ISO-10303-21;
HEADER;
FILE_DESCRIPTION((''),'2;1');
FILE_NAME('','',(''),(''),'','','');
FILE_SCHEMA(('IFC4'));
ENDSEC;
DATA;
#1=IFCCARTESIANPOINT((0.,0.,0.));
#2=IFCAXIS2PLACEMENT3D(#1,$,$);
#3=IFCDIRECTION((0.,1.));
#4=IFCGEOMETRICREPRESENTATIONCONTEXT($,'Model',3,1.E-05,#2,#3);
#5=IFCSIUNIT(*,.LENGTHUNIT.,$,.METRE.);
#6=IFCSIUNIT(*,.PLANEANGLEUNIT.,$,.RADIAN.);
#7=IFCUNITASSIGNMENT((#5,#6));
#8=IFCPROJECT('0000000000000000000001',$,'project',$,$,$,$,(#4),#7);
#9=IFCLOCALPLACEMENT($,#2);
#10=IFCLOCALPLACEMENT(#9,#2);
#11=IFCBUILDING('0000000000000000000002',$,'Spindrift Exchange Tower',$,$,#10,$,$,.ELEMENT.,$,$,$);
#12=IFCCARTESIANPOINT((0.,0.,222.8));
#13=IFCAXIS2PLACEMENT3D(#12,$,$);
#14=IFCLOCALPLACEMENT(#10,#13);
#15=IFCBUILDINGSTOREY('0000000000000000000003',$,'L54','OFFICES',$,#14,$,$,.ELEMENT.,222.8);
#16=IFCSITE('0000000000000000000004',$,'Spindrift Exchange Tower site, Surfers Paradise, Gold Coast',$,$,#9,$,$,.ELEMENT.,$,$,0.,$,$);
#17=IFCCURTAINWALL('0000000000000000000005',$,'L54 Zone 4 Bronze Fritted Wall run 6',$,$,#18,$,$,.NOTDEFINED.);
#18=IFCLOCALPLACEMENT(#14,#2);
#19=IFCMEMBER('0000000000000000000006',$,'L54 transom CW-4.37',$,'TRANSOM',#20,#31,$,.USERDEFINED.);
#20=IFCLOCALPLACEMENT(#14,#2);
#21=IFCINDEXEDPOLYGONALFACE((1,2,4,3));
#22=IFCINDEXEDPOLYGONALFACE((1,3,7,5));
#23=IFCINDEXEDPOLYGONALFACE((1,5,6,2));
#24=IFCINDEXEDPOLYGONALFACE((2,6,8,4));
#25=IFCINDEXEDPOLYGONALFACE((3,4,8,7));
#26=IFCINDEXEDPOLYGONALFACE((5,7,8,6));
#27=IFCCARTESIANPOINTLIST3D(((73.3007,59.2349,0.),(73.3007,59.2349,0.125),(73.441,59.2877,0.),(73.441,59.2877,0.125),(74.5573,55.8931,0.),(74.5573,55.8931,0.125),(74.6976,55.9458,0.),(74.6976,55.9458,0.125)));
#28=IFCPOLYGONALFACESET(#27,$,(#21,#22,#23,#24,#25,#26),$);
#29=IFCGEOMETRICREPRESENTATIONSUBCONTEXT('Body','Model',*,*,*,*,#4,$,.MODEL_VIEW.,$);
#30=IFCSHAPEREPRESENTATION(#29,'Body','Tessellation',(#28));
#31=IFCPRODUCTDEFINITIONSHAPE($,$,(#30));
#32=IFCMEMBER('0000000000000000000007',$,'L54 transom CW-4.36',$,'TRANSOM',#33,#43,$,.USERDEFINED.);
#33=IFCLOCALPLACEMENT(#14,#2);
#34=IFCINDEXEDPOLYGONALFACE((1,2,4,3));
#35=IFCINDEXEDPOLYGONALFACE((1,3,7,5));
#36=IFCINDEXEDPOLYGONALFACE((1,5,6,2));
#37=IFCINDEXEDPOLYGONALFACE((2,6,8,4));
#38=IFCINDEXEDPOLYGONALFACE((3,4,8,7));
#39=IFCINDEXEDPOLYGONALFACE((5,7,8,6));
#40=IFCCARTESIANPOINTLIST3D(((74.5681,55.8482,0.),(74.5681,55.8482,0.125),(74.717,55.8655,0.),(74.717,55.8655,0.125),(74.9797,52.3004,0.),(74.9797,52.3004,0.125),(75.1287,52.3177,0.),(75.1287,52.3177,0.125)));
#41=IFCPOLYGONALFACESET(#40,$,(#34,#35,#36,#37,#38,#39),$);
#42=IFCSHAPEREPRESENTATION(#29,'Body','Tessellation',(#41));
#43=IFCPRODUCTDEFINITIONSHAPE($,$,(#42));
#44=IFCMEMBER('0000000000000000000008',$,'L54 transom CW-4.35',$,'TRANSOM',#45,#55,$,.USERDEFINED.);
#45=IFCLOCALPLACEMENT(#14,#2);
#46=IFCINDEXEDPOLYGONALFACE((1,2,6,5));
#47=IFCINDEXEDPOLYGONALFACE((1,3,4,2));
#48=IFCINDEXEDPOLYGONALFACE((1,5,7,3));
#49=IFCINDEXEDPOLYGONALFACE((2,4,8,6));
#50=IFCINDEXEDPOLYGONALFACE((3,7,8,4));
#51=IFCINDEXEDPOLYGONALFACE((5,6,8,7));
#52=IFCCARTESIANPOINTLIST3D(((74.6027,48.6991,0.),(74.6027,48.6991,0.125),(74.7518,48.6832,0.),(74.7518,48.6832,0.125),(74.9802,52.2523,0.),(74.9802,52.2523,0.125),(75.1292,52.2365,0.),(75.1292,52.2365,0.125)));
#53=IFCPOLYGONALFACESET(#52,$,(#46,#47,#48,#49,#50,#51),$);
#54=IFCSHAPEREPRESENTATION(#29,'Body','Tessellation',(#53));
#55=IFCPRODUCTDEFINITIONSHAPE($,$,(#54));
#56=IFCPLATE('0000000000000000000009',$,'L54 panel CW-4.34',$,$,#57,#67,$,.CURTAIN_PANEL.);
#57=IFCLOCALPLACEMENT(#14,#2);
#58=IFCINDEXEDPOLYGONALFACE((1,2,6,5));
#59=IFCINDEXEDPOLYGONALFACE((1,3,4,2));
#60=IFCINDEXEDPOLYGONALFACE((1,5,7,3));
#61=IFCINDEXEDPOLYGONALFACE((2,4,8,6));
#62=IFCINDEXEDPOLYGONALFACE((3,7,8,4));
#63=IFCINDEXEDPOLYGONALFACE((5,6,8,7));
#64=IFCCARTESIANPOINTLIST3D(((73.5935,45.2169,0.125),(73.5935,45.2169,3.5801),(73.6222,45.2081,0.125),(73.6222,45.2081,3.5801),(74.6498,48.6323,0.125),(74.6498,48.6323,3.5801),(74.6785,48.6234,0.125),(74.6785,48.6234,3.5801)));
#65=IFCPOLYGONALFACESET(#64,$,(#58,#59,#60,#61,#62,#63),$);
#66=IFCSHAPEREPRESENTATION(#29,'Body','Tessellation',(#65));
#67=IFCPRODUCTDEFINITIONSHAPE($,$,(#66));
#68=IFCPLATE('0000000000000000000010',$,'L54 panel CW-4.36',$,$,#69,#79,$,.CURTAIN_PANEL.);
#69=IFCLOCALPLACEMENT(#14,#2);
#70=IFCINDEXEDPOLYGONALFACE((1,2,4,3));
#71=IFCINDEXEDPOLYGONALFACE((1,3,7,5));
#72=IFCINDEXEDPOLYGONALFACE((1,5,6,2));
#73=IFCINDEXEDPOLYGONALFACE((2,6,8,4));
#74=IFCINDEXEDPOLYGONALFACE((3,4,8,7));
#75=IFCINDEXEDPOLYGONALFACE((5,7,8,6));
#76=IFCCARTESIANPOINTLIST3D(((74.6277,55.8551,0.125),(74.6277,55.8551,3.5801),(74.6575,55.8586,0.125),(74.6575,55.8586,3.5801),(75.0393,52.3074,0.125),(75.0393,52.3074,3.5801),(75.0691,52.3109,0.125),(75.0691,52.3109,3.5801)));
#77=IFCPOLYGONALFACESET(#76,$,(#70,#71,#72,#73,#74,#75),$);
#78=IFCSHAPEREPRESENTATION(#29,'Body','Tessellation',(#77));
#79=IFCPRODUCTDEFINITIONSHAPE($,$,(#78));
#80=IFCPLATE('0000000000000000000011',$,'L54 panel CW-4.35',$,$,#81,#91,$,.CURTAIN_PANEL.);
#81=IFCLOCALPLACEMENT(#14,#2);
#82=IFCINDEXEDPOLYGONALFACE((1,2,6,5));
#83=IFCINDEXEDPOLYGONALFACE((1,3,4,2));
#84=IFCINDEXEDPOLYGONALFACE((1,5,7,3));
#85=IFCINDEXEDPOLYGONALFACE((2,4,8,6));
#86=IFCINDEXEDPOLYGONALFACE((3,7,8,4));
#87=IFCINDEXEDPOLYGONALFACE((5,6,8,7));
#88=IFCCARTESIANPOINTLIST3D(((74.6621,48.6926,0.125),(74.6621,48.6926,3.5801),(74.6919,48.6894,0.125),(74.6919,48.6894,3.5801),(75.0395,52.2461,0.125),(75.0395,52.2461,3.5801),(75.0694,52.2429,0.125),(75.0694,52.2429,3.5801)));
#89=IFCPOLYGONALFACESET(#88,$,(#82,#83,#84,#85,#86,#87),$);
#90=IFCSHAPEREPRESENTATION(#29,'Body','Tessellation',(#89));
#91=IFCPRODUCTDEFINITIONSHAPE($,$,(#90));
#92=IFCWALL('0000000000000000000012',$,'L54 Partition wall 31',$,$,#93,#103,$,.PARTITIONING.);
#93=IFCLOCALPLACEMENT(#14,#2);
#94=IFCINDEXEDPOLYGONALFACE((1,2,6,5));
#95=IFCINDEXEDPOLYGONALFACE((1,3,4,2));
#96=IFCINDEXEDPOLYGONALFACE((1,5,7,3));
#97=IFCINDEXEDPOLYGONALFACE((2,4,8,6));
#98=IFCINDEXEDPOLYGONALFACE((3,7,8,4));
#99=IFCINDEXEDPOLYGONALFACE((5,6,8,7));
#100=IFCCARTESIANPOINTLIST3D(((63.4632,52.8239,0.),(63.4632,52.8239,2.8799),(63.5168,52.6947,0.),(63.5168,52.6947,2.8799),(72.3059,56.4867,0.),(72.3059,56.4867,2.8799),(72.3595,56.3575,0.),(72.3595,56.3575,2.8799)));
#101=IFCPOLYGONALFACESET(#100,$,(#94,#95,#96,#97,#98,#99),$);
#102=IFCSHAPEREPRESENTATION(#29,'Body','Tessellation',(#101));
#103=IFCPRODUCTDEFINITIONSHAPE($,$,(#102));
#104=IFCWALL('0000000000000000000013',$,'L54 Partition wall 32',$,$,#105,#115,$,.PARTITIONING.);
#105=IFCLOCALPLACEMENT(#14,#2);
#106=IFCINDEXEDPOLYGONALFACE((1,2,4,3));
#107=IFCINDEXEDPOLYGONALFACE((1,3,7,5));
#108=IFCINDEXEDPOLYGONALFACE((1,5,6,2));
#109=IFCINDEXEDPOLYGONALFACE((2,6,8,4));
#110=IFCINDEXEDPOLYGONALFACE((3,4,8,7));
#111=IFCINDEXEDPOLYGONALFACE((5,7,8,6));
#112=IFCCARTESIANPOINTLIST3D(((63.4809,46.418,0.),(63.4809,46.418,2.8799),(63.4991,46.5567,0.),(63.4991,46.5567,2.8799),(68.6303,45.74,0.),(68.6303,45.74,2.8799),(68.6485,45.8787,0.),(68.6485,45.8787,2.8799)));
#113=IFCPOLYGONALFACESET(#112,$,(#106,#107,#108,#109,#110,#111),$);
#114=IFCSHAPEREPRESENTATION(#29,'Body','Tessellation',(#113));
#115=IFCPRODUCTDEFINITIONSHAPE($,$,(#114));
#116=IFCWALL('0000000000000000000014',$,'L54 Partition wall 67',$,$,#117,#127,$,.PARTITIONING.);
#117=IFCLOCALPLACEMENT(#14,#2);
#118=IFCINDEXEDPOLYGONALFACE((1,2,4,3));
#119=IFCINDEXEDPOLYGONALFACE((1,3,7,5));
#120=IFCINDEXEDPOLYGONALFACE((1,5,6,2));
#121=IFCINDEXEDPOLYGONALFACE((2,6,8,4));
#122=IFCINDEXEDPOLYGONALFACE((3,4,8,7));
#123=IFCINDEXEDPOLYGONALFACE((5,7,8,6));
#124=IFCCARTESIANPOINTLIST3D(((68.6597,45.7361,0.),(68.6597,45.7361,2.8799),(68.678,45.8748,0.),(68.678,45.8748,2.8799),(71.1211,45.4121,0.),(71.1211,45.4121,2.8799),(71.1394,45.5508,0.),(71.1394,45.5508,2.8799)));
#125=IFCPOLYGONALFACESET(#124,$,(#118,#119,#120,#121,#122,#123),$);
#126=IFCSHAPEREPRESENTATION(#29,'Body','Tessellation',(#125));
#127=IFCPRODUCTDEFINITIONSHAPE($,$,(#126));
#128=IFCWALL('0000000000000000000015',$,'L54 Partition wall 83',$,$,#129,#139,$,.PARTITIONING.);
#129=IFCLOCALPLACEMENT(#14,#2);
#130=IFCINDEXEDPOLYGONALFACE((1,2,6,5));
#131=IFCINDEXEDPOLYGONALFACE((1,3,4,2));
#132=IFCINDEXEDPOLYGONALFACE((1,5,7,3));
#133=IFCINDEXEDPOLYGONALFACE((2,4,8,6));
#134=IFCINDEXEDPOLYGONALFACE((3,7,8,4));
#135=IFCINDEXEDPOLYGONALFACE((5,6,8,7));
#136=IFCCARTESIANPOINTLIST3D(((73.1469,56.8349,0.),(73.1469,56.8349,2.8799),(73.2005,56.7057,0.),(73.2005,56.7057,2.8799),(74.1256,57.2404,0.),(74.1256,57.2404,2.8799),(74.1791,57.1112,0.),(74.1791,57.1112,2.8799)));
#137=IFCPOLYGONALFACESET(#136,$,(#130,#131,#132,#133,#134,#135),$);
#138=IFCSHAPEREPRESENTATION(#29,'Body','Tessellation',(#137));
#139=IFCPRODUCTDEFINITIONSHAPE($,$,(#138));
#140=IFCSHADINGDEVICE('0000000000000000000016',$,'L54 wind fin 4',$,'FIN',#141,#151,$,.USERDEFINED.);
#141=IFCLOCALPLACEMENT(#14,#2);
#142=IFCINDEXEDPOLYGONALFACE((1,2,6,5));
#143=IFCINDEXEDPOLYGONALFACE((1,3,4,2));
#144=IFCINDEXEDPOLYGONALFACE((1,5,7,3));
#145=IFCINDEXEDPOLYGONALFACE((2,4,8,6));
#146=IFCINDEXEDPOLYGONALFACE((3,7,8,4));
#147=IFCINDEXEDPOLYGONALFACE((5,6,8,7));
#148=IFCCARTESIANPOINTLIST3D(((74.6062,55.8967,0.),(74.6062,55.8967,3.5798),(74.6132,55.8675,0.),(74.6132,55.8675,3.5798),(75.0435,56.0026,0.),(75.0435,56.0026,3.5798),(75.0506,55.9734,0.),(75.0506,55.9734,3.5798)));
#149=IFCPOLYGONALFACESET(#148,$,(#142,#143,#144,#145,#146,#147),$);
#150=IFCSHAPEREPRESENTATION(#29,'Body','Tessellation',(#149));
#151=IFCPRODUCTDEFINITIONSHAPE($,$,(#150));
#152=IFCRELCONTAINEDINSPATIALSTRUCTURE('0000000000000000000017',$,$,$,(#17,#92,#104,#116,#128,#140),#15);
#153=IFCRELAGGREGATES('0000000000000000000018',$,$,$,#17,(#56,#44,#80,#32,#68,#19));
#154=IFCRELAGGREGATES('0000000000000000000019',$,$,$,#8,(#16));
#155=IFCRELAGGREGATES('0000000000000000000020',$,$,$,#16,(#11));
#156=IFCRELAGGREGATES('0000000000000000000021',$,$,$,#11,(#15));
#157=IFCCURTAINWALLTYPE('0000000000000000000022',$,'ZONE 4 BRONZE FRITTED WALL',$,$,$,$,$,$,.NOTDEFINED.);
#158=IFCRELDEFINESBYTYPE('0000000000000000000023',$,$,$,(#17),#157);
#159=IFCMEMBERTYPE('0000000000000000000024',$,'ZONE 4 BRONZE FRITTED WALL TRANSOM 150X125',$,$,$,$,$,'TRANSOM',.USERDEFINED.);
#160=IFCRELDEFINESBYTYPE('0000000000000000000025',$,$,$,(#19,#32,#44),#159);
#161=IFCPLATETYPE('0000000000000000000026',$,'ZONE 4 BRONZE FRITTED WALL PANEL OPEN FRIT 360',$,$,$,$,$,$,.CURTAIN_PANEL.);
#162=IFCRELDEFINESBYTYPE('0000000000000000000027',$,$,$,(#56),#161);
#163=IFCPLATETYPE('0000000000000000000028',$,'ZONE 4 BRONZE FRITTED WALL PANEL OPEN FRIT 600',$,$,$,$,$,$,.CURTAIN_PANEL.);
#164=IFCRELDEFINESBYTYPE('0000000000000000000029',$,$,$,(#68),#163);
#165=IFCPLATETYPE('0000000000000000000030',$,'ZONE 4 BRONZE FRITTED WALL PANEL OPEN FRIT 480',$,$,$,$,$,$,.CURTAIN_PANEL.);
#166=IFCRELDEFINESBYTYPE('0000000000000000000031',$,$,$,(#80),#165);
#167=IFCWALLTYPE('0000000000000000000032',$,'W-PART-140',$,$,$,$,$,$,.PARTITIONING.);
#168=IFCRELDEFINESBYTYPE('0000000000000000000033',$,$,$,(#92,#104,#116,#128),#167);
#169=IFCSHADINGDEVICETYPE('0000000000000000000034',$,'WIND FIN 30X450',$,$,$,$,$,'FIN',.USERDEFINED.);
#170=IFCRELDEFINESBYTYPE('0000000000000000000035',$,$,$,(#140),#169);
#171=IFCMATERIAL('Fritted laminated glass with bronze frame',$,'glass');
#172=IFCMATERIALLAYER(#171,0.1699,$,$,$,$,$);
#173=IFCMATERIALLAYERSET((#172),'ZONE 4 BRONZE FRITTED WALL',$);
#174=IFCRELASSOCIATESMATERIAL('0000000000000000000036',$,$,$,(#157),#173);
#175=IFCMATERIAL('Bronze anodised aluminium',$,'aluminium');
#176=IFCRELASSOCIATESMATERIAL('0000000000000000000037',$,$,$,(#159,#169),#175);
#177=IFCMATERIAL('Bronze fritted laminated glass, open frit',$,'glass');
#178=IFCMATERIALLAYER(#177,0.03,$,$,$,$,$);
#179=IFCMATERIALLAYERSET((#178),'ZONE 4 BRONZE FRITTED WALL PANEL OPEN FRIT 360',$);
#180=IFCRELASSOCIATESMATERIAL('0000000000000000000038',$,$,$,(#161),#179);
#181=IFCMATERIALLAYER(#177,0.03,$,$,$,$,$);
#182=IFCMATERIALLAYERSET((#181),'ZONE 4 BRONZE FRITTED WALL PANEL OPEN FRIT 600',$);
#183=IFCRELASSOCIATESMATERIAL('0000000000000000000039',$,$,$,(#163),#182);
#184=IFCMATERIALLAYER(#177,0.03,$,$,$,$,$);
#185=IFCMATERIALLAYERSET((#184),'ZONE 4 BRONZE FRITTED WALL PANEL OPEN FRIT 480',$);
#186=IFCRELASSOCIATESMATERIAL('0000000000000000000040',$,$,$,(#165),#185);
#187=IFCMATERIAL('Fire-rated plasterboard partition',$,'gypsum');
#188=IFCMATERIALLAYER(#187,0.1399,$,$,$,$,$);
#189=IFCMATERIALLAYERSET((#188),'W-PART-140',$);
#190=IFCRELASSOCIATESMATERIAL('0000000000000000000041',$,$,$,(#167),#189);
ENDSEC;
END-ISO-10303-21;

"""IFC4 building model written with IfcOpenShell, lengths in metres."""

from ifc_helpers import new_model, si_unit, direction, frame, frame_2d, origin, origin_2d, place, context, subcontext, project, spatial, rectangle, extrude, source, transform, mapped, material, layer, layer_set, material_profile, profile_set, type_object, element, aggregate, save


model = new_model("IFC4")

# Units and contexts
model_context = context("Model", 3, precision=1e-05, world=origin(), true_north=direction((0.0, 1.0)))
body_context = subcontext(model_context, "Body", "Model", "MODEL_VIEW")
ifc_project = project(units=[si_unit("LENGTHUNIT", "METRE"), si_unit("PLANEANGLEUNIT", "RADIAN")], contexts=[model_context])

# Site, building, storey
site_placement = place(None, origin())
site = spatial("IfcSite", under=ifc_project, at=site_placement, Name="Spindrift Exchange Tower site, Surfers Paradise, Gold Coast", CompositionType="ELEMENT", RefElevation=0.0)
building_placement = place(site_placement, origin())
building = spatial("IfcBuilding", under=site, at=building_placement, Name="Spindrift Exchange Tower", CompositionType="ELEMENT")
storey_placement = place(building_placement, frame((0.0, 0.0, 222.8)))
storey = spatial("IfcBuildingStorey", under=building, at=storey_placement, Name="L54", Description="OFFICES", CompositionType="ELEMENT", Elevation=222.8)

# Curtain wall, members, plates
ifc_material_1 = material(Name="Fritted laminated glass with bronze frame", Category="glass")
ifc_layer_1 = layer(ifc_material_1, 0.1699)
ifc_layer_set_1 = layer_set([ifc_layer_1], Name="ZONE 4 BRONZE FRITTED WALL")
curtain_wall_type = type_object("IfcCurtainWallType", Name="ZONE 4 BRONZE FRITTED WALL", PredefinedType="NOTDEFINED", material=ifc_layer_set_1)
curtain_wall_placement = place(storey_placement, origin())
curtain_wall = element("IfcCurtainWall", 1, at=curtain_wall_placement, inside=storey, type_object=curtain_wall_type, Name="L54 Zone 4 Bronze Fritted Wall run 6", PredefinedType="NOTDEFINED")
ifc_material_2 = material(Name="Bronze anodised aluminium", Category="aluminium")
ifc_material_profile_1 = material_profile(ifc_material_2, rectangle(XDim=0.1499, YDim=0.125, at=origin_2d()), Name="ZONE 4 BRONZE FRITTED WALL TRANSOM 150X125")
ifc_profile_set_1 = profile_set([ifc_material_profile_1], Name="Bronze anodised aluminium")
member_type_1 = type_object("IfcMemberType", Name="ZONE 4 BRONZE FRITTED WALL TRANSOM 150X125", ElementType="TRANSOM", PredefinedType="USERDEFINED", material=ifc_profile_set_1)
shared_shape_1 = source(origin(), body_context, "Body", "SweptSolid", [
    extrude(rectangle(XDim=0.1499, YDim=0.125, at=origin_2d()), origin(), (0.0, 0.0, 1.0), 3.5703),
])
member_1_placement = place(storey_placement, frame((74.6274, 55.9194, 0.0625), z_axis=(-0.351963, 0.936014, 0.0), x_axis=(-0.936014, -0.351963, 0.0)))
member_1 = element("IfcMember", 2, at=member_1_placement, type_object=member_type_1, Name="L54 transom CW-4.37", ObjectType="TRANSOM", PredefinedType="USERDEFINED", context=body_context, shape_type="MappedRepresentation", body=[
    mapped(shared_shape_1, transform((0.0, 0.0, 0.0), scale=1.0)),
])
shared_shape_2 = source(origin(), body_context, "Body", "SweptSolid", [
    extrude(rectangle(XDim=0.1499, YDim=0.125, at=origin_2d()), origin(), (0.0, 0.0, 1.0), 3.5715),
])
member_2_placement = place(storey_placement, frame((75.0542, 52.3091, 0.0625), z_axis=(-0.115247, 0.993337, 0.0), x_axis=(-0.993337, -0.115247, 0.0)))
member_2 = element("IfcMember", 3, at=member_2_placement, type_object=member_type_1, Name="L54 transom CW-4.36", ObjectType="TRANSOM", PredefinedType="USERDEFINED", context=body_context, shape_type="MappedRepresentation", body=[
    mapped(shared_shape_2, transform((0.0, 0.0, 0.0), scale=1.0)),
])
shared_shape_3 = source(origin(), body_context, "Body", "SweptSolid", [
    extrude(rectangle(XDim=0.1499, YDim=0.125, at=origin_2d()), origin(), (0.0, 0.0, 1.0), 3.5732),
])
member_3_placement = place(storey_placement, frame((74.6772, 48.6912, 0.0625), z_axis=(0.105631, 0.994405, 0.0), x_axis=(-0.994405, 0.105631, 0.0)))
member_3 = element("IfcMember", 4, at=member_3_placement, type_object=member_type_1, Name="L54 transom CW-4.35", ObjectType="TRANSOM", PredefinedType="USERDEFINED", context=body_context, shape_type="MappedRepresentation", body=[
    mapped(shared_shape_3, transform((0.0, 0.0, 0.0), scale=1.0)),
])
ifc_material_3 = material(Name="Bronze fritted laminated glass, open frit", Category="glass")
ifc_layer_2 = layer(ifc_material_3, 0.03)
ifc_layer_set_2 = layer_set([ifc_layer_2], Name="ZONE 4 BRONZE FRITTED WALL PANEL OPEN FRIT 360")
plate_type_1 = type_object("IfcPlateType", Name="ZONE 4 BRONZE FRITTED WALL PANEL OPEN FRIT 360", PredefinedType="CURTAIN_PANEL", material=ifc_layer_set_2)
shared_shape_4 = source(origin(), body_context, "Body", "SweptSolid", [
    extrude(rectangle(XDim=3.575, YDim=0.03, at=origin_2d()), origin(), (0.0, 0.0, 1.0), 3.4551),
])
plate_1_placement = place(storey_placement, frame((74.136, 46.9202, 0.125), z_axis=(0.0, 0.0, 1.0), x_axis=(0.295473, 0.955351, 0.0)))
plate_1 = element("IfcPlate", 5, at=plate_1_placement, type_object=plate_type_1, Name="L54 panel CW-4.34", PredefinedType="CURTAIN_PANEL", context=body_context, shape_type="MappedRepresentation", body=[
    mapped(shared_shape_4, transform((0.0, 0.0, 0.0), scale=1.0)),
])
ifc_layer_3 = layer(ifc_material_3, 0.03)
ifc_layer_set_3 = layer_set([ifc_layer_3], Name="ZONE 4 BRONZE FRITTED WALL PANEL OPEN FRIT 600")
plate_type_2 = type_object("IfcPlateType", Name="ZONE 4 BRONZE FRITTED WALL PANEL OPEN FRIT 600", PredefinedType="CURTAIN_PANEL", material=ifc_layer_set_3)
shared_shape_5 = source(origin(), body_context, "Body", "SweptSolid", [
    extrude(rectangle(XDim=3.5715, YDim=0.03, at=origin_2d()), origin(), (0.0, 0.0, 1.0), 3.4551),
])
plate_2_placement = place(storey_placement, frame((74.8484, 54.083, 0.125), z_axis=(0.0, 0.0, 1.0), x_axis=(-0.115247, 0.993337, 0.0)))
plate_2 = element("IfcPlate", 6, at=plate_2_placement, type_object=plate_type_2, Name="L54 panel CW-4.36", PredefinedType="CURTAIN_PANEL", context=body_context, shape_type="MappedRepresentation", body=[
    mapped(shared_shape_5, transform((0.0, 0.0, 0.0), scale=1.0)),
])
ifc_layer_4 = layer(ifc_material_3, 0.03)
ifc_layer_set_4 = layer_set([ifc_layer_4], Name="ZONE 4 BRONZE FRITTED WALL PANEL OPEN FRIT 480")
plate_type_3 = type_object("IfcPlateType", Name="ZONE 4 BRONZE FRITTED WALL PANEL OPEN FRIT 480", PredefinedType="CURTAIN_PANEL", material=ifc_layer_set_4)
shared_shape_6 = source(origin(), body_context, "Body", "SweptSolid", [
    extrude(rectangle(XDim=3.5735, YDim=0.03, at=origin_2d()), origin(), (0.0, 0.0, 1.0), 3.4551),
])
plate_3_placement = place(storey_placement, frame((74.8657, 50.4678, 0.125), z_axis=(0.0, 0.0, 1.0), x_axis=(0.105625, 0.994406, 0.0)))
plate_3 = element("IfcPlate", 7, at=plate_3_placement, type_object=plate_type_3, Name="L54 panel CW-4.35", PredefinedType="CURTAIN_PANEL", context=body_context, shape_type="MappedRepresentation", body=[
    mapped(shared_shape_6, transform((0.0, 0.0, 0.0), scale=1.0)),
])
aggregate(curtain_wall, [plate_1, member_3, plate_3, member_2, plate_2, member_1])

# Walls
ifc_material_4 = material(Name="Fire-rated plasterboard partition", Category="gypsum")
ifc_layer_5 = layer(ifc_material_4, 0.1399)
ifc_layer_set_5 = layer_set([ifc_layer_5], Name="W-PART-140")
wall_type = type_object("IfcWallType", Name="W-PART-140", PredefinedType="PARTITIONING", material=ifc_layer_set_5)
wall_1_placement = place(storey_placement, frame((63.49, 52.7593, 0.0), z_axis=(0.0, 0.0, 1.0), x_axis=(0.923878, 0.382687, 0.0)))
element("IfcWall", 8, at=wall_1_placement, inside=storey, type_object=wall_type, Name="L54 Partition wall 31", PredefinedType="PARTITIONING", context=body_context, shape_type="SweptSolid", body=[
    extrude(rectangle(XDim=9.5713, YDim=0.1399, at=frame_2d((4.7856, 0.0))), origin(), (0.0, 0.0, 1.0), 2.8799),
])
wall_2_placement = place(storey_placement, frame((63.49, 46.4873, 0.0), z_axis=(0.0, 0.0, 1.0), x_axis=(0.991444, -0.130535, 0.0)))
element("IfcWall", 9, at=wall_2_placement, inside=storey, type_object=wall_type, Name="L54 Partition wall 32", PredefinedType="PARTITIONING", context=body_context, shape_type="SweptSolid", body=[
    extrude(rectangle(XDim=5.1938, YDim=0.1399, at=frame_2d((2.5969, 0.0))), origin(), (0.0, 0.0, 1.0), 2.8799),
])
wall_3_placement = place(storey_placement, frame((68.6689, 45.8054, 0.0), z_axis=(0.0, 0.0, 1.0), x_axis=(0.991449, -0.130495, 0.0)))
element("IfcWall", 10, at=wall_3_placement, inside=storey, type_object=wall_type, Name="L54 Partition wall 67", PredefinedType="PARTITIONING", context=body_context, shape_type="SweptSolid", body=[
    extrude(rectangle(XDim=2.4827, YDim=0.1399, at=frame_2d((1.2412, 0.0))), origin(), (0.0, 0.0, 1.0), 2.8799),
])
wall_4_placement = place(storey_placement, frame((73.1736, 56.7703, 0.0), z_axis=(0.0, 0.0, 1.0), x_axis=(0.923845, 0.382766, 0.0)))
element("IfcWall", 11, at=wall_4_placement, inside=storey, type_object=wall_type, Name="L54 Partition wall 83", PredefinedType="PARTITIONING", context=body_context, shape_type="SweptSolid", body=[
    extrude(rectangle(XDim=1.0593, YDim=0.1399, at=frame_2d((0.5298, 0.0))), origin(), (0.0, 0.0, 1.0), 2.8799),
])

# Shading device
ifc_material_profile_2 = material_profile(ifc_material_2, rectangle(XDim=0.03, YDim=0.45, at=origin_2d()), Name="WIND FIN 30X450")
ifc_profile_set_2 = profile_set([ifc_material_profile_2], Name="Bronze anodised aluminium")
shading_device_type = type_object("IfcShadingDeviceType", Name="WIND FIN 30X450", ElementType="FIN", PredefinedType="USERDEFINED", material=ifc_profile_set_2)
shared_shape_7 = source(origin(), body_context, "Body", "SweptSolid", [
    extrude(rectangle(XDim=0.03, YDim=0.45, at=origin_2d()), origin(), (0.0, 0.0, 1.0), 3.5798),
])
shading_device_placement = place(storey_placement, frame((74.8284, 55.9351, 0.0), z_axis=(0.0, 0.0, 1.0), x_axis=(-0.235349, 0.971911, 0.0)))
element("IfcShadingDevice", 12, at=shading_device_placement, inside=storey, type_object=shading_device_type, Name="L54 wind fin 4", ObjectType="FIN", PredefinedType="USERDEFINED", context=body_context, shape_type="MappedRepresentation", body=[
    mapped(shared_shape_7, transform((0.0, 0.0, 0.0), scale=1.0)),
])

save(model, "model.ifc")
